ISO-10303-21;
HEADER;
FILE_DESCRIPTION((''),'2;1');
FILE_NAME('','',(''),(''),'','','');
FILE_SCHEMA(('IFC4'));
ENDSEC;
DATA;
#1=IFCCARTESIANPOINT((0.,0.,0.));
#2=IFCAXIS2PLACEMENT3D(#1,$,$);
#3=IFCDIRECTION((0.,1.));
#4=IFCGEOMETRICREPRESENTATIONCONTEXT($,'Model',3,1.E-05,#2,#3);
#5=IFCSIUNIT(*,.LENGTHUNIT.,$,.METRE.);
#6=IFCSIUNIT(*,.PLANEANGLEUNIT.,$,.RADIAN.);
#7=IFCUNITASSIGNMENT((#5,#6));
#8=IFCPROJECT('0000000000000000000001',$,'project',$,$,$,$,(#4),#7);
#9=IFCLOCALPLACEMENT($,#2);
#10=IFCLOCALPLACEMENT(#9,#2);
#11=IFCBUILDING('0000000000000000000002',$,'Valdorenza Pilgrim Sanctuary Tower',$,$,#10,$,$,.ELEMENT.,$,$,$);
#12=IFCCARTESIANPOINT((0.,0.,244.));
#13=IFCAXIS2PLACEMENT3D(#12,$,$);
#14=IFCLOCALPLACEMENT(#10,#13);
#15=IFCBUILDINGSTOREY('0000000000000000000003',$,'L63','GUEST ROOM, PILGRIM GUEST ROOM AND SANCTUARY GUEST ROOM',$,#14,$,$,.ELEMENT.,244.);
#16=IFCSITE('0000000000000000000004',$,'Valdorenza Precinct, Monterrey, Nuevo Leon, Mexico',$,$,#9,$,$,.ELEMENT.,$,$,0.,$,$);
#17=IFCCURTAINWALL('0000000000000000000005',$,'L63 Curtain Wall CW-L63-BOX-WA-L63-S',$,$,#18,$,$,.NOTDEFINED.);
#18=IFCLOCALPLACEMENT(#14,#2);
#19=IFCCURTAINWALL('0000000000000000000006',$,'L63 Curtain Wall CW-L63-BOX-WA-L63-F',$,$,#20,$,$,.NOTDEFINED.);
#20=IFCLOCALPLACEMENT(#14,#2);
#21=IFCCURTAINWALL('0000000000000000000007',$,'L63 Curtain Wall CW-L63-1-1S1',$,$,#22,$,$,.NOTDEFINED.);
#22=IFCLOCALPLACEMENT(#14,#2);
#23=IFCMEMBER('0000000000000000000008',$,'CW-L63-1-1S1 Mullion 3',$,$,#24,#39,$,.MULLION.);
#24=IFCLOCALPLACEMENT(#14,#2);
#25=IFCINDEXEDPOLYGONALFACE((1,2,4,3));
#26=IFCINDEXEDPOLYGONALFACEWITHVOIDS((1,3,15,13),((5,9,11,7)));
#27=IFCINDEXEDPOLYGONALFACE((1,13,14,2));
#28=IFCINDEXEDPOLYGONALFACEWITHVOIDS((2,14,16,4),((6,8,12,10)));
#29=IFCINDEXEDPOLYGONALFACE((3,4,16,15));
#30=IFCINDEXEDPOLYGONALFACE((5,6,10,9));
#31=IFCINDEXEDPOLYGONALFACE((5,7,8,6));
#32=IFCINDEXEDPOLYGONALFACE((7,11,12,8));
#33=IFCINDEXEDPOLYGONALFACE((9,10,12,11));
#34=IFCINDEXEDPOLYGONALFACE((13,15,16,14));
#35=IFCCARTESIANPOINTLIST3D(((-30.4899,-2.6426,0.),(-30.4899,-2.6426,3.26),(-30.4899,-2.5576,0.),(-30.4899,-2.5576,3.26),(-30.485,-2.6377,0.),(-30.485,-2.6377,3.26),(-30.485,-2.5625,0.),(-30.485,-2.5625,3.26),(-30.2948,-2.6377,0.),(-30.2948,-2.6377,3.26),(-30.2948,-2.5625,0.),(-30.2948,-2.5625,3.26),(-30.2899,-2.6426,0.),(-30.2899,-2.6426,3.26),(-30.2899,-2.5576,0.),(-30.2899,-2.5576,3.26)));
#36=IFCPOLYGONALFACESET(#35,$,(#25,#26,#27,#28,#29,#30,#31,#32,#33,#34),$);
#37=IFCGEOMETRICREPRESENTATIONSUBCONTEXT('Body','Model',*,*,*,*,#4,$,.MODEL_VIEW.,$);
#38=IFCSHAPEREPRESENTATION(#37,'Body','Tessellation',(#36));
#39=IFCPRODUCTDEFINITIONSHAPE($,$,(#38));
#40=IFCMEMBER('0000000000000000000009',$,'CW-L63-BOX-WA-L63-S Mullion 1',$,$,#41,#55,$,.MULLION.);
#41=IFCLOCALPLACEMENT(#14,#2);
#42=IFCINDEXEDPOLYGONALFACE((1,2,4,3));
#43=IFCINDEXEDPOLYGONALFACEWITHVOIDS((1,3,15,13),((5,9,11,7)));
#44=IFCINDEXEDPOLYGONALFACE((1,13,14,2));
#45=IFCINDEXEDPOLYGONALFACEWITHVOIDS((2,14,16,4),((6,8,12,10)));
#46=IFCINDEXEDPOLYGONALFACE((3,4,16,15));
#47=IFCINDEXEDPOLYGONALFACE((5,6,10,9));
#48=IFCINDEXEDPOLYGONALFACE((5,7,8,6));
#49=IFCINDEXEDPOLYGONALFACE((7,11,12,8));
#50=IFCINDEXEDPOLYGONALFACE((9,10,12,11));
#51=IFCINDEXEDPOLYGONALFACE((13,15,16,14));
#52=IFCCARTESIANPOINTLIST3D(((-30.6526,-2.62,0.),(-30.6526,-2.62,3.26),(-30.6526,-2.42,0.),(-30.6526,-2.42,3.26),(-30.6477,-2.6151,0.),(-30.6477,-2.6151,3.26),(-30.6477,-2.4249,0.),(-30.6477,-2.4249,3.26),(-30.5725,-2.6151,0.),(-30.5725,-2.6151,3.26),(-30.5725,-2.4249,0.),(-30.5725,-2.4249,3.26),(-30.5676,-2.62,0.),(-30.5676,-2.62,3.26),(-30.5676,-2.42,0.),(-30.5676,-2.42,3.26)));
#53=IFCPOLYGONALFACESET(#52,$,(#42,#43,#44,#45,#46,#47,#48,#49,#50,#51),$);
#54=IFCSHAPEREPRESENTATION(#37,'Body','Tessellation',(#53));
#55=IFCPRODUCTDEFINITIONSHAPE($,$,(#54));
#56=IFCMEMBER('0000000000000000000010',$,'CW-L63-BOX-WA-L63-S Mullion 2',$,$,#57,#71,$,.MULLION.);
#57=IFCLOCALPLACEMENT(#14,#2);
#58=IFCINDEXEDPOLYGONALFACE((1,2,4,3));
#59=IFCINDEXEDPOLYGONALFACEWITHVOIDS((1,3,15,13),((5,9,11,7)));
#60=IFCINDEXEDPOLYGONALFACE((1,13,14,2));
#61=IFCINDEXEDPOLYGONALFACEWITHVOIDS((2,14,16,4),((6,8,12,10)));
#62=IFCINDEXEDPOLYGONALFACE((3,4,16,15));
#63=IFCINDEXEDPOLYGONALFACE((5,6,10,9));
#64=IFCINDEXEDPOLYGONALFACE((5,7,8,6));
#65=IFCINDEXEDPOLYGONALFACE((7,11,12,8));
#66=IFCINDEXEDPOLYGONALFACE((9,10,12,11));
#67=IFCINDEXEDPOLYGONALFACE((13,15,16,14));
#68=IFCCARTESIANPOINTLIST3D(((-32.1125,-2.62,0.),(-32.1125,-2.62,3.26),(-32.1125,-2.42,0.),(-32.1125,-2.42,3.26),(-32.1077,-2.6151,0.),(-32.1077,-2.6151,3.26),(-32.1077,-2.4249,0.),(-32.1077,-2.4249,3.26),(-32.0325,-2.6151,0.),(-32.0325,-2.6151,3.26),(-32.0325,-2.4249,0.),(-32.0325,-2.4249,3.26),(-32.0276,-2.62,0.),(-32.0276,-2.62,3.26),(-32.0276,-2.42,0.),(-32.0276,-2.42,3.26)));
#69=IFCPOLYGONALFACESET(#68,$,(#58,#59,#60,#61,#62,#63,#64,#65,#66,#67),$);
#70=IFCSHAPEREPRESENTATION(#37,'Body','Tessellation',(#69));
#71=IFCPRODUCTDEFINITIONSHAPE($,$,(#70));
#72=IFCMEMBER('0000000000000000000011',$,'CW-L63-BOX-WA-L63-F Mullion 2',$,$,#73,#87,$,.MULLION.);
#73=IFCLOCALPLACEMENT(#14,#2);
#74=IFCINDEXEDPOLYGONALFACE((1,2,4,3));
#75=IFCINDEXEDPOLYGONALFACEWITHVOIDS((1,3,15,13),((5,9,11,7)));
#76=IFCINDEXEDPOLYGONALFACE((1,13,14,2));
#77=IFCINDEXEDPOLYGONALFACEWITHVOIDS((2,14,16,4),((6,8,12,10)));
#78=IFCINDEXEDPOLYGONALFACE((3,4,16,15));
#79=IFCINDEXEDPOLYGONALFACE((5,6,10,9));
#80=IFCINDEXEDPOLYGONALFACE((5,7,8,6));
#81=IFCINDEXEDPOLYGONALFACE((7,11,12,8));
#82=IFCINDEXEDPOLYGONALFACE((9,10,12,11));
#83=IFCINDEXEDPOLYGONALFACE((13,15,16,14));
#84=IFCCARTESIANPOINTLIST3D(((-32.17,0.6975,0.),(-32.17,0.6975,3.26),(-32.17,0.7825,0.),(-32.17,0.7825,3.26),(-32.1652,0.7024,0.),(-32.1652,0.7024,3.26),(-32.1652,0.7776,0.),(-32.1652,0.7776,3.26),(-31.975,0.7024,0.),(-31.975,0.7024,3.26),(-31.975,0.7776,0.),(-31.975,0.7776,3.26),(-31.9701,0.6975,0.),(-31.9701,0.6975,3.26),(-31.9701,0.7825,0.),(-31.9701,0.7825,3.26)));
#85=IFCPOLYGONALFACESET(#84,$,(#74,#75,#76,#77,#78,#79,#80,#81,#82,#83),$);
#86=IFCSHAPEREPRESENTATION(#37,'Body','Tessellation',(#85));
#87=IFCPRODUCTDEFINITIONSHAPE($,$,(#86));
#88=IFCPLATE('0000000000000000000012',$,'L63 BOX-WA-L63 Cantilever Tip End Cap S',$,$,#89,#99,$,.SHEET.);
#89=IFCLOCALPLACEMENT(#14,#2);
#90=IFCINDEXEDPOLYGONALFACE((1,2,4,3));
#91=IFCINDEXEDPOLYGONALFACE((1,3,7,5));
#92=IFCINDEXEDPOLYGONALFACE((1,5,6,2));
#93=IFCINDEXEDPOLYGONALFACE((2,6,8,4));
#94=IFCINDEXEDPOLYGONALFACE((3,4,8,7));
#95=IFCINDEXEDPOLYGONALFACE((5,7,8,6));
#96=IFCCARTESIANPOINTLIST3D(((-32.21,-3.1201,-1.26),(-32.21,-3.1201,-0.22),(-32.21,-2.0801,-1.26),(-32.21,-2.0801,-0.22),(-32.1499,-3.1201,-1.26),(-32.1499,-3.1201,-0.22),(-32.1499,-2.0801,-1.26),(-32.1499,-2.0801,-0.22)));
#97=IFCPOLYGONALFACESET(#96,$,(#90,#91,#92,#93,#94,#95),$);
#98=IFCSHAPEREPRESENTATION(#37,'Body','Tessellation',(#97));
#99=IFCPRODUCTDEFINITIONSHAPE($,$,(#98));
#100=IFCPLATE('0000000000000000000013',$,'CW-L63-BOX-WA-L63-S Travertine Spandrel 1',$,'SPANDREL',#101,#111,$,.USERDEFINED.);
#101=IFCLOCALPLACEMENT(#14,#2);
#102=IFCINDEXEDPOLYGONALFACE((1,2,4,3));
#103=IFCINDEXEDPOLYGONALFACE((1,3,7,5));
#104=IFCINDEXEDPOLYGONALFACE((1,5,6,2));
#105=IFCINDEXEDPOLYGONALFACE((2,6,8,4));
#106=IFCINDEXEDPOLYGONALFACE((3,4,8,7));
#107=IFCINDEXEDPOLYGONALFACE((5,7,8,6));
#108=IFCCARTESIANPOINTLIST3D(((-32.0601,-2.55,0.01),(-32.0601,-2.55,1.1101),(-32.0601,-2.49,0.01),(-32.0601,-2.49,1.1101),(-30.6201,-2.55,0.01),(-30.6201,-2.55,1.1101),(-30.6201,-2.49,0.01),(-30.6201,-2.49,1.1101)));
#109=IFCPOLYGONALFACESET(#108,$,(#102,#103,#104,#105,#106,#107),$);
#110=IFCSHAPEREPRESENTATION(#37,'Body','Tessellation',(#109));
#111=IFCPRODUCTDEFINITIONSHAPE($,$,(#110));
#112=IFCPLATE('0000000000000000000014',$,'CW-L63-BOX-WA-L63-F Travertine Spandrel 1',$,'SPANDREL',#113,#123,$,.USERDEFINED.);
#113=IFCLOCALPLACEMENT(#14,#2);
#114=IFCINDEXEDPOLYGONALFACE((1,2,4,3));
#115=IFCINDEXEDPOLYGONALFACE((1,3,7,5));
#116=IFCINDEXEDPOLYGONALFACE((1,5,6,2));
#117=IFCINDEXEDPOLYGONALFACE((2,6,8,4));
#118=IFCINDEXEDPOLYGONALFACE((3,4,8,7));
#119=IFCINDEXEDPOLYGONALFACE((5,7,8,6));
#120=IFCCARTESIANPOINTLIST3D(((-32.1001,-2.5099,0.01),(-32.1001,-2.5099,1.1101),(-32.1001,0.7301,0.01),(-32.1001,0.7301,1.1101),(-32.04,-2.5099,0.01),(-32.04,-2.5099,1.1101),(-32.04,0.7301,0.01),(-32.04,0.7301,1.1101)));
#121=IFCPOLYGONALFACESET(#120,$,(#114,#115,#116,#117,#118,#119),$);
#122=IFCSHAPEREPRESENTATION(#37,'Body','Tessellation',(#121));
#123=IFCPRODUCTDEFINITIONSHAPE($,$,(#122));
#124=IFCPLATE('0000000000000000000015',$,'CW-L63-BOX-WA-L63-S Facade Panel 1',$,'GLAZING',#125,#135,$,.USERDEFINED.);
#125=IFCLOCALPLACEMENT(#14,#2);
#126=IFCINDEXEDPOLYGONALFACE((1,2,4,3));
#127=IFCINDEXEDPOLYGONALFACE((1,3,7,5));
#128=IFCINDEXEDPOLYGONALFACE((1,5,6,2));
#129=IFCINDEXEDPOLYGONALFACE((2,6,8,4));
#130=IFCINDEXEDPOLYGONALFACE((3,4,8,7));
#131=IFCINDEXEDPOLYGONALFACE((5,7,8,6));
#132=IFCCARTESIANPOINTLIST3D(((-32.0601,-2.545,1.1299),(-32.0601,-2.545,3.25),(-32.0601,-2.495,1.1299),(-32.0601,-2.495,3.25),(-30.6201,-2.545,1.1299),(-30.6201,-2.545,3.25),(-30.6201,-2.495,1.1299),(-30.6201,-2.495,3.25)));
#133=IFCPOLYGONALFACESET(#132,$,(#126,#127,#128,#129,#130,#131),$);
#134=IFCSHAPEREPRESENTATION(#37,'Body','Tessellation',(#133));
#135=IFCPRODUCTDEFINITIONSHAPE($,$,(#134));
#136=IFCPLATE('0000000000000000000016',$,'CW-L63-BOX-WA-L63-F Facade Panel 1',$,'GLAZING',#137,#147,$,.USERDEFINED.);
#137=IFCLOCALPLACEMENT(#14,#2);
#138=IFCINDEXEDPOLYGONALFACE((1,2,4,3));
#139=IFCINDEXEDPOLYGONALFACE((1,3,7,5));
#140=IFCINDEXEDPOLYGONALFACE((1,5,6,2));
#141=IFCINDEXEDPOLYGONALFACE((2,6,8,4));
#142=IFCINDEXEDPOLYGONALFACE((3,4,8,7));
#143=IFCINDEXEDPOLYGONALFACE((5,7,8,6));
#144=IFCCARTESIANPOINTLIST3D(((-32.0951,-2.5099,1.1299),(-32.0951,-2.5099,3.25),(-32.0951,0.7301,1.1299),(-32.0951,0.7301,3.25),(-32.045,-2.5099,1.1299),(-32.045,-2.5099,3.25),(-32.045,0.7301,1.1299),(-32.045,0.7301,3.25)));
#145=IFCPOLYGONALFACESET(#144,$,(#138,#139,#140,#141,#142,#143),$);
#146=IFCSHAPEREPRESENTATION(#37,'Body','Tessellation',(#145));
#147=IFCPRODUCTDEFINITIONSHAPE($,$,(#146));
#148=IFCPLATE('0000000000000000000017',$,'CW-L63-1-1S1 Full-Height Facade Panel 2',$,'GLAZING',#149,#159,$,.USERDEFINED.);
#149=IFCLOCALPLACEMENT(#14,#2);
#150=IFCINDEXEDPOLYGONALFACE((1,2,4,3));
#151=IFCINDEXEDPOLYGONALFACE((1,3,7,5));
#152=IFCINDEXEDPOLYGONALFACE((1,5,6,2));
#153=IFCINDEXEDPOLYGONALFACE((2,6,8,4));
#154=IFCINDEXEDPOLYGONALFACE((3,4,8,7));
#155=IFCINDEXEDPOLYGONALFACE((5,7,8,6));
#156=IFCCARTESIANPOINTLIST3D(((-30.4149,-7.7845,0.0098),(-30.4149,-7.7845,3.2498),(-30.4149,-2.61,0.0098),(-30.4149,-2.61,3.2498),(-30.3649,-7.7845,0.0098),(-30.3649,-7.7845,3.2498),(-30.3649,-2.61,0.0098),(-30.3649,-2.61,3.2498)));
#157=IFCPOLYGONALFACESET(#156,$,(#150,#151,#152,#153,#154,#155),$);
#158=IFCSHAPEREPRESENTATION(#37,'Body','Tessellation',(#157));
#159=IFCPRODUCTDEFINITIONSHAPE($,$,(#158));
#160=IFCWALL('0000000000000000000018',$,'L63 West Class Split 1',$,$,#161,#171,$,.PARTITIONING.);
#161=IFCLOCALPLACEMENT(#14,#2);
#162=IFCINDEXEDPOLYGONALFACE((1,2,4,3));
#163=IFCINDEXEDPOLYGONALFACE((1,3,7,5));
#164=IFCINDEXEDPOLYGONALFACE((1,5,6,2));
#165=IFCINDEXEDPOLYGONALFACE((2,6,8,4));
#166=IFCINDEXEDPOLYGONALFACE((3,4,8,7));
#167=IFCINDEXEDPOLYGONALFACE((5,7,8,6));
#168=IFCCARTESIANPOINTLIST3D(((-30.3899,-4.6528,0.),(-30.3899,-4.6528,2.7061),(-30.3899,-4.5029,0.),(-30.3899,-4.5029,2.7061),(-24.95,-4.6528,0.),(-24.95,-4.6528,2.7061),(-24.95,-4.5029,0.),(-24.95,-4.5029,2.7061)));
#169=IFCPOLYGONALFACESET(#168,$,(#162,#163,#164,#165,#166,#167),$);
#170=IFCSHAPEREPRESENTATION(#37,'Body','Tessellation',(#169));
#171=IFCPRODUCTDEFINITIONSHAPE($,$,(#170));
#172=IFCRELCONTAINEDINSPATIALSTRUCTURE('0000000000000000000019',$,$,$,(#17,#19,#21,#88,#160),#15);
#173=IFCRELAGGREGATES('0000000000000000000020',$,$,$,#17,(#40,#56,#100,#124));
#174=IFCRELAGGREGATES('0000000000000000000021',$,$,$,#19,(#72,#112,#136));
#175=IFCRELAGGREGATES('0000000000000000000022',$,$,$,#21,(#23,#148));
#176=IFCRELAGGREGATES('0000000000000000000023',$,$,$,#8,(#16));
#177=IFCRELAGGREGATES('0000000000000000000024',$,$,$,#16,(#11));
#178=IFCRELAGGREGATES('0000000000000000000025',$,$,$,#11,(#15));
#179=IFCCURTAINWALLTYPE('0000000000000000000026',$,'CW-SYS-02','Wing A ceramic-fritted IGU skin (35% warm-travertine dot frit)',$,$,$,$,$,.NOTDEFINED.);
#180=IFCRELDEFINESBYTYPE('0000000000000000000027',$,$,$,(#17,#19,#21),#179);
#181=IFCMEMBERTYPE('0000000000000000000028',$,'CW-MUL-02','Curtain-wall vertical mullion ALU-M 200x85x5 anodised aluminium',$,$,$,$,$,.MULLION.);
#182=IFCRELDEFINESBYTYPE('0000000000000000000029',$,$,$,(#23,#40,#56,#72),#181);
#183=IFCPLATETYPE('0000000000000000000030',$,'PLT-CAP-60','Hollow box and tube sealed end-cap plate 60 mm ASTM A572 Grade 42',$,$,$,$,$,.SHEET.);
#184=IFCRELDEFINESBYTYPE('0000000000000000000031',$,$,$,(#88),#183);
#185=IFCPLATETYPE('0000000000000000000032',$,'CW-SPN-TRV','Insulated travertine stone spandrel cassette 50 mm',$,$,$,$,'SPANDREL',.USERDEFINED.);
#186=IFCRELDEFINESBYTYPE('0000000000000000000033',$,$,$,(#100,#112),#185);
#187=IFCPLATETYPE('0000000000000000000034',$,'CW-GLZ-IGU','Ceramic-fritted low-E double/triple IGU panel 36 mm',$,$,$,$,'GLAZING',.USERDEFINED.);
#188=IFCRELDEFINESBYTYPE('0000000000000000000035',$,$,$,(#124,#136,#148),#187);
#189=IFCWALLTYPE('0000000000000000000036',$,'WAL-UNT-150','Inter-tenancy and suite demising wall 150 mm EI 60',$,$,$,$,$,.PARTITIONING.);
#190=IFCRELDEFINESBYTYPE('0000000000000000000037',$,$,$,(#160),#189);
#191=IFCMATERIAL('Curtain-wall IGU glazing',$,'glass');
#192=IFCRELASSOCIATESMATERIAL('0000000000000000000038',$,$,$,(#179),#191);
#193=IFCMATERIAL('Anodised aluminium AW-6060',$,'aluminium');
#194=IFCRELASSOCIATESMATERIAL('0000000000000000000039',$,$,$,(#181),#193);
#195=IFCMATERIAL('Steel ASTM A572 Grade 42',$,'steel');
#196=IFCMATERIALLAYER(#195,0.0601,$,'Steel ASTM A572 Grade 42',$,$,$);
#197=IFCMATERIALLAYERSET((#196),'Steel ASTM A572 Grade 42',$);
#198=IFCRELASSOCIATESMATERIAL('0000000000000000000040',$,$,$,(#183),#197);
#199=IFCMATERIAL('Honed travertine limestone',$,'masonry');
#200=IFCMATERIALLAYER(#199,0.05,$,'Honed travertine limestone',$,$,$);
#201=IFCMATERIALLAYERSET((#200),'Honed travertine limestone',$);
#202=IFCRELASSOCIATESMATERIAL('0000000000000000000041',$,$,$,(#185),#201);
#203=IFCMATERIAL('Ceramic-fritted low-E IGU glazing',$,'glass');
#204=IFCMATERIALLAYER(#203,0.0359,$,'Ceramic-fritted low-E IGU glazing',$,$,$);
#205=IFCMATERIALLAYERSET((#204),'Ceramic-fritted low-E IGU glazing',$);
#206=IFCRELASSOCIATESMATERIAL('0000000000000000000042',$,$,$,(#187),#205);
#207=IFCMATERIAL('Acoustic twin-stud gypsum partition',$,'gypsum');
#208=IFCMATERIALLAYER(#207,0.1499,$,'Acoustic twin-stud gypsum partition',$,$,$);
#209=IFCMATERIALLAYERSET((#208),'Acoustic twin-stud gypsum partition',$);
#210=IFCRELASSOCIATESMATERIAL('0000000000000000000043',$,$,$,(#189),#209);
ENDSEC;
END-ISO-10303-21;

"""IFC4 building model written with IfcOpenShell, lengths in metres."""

from ifc_helpers import new_model, si_unit, direction, frame, frame_2d, origin, origin_2d, place, context, subcontext, project, spatial, rectangle, hollow_rectangle, extrude, source, transform, mapped, material, layer, layer_set, material_profile, profile_set, type_object, element, aggregate, save


model = new_model("IFC4")

# Units and contexts
model_context = context("Model", 3, precision=1e-05, world=origin(), true_north=direction((0.0, 1.0)))
body_context = subcontext(model_context, "Body", "Model", "MODEL_VIEW")
ifc_project = project(units=[si_unit("LENGTHUNIT", "METRE"), si_unit("PLANEANGLEUNIT", "RADIAN")], contexts=[model_context])

# Site, building, storey
site_placement = place(None, origin())
site = spatial("IfcSite", under=ifc_project, at=site_placement, Name="Valdorenza Precinct, Monterrey, Nuevo Leon, Mexico", CompositionType="ELEMENT", RefElevation=0.0)
building_placement = place(site_placement, origin())
building = spatial("IfcBuilding", under=site, at=building_placement, Name="Valdorenza Pilgrim Sanctuary Tower", CompositionType="ELEMENT")
storey_placement = place(building_placement, frame((0.0, 0.0, 244.0)))
storey = spatial("IfcBuildingStorey", under=building, at=storey_placement, Name="L63", Description="GUEST ROOM, PILGRIM GUEST ROOM AND SANCTUARY GUEST ROOM", CompositionType="ELEMENT", Elevation=244.0)

# Shared definitions
ifc_material_1 = material(Name="Steel ASTM A572 Grade 42", Category="steel")

# Curtain walls, member
ifc_material_2 = material(Name="Curtain-wall IGU glazing", Category="glass")
curtain_wall_type = type_object("IfcCurtainWallType", Name="CW-SYS-02", Description="Wing A ceramic-fritted IGU skin (35% warm-travertine dot frit)", PredefinedType="NOTDEFINED", material=ifc_material_2)
curtain_wall_1_placement = place(storey_placement, origin())
curtain_wall_1 = element("IfcCurtainWall", 1, at=curtain_wall_1_placement, inside=storey, type_object=curtain_wall_type, Name="L63 Curtain Wall CW-L63-BOX-WA-L63-S", PredefinedType="NOTDEFINED")
ifc_material_3 = material(Name="Anodised aluminium AW-6060", Category="aluminium")
curtain_wall_2_placement = place(storey_placement, origin())
curtain_wall_2 = element("IfcCurtainWall", 2, at=curtain_wall_2_placement, inside=storey, type_object=curtain_wall_type, Name="L63 Curtain Wall CW-L63-BOX-WA-L63-F", PredefinedType="NOTDEFINED")
curtain_wall_3_placement = place(storey_placement, origin())
curtain_wall_3 = element("IfcCurtainWall", 3, at=curtain_wall_3_placement, inside=storey, type_object=curtain_wall_type, Name="L63 Curtain Wall CW-L63-1-1S1", PredefinedType="NOTDEFINED")
ifc_material_profile_1 = material_profile(ifc_material_3, hollow_rectangle(XDim=0.085, YDim=0.2, WallThickness=0.0049, at=origin_2d()), Name="ALU-M 200x85x5")
ifc_profile_set_1 = profile_set([ifc_material_profile_1], Name="Anodised aluminium AW-6060")
member_type_1 = type_object("IfcMemberType", Name="CW-MUL-02", Description="Curtain-wall vertical mullion ALU-M 200x85x5 anodised aluminium", PredefinedType="MULLION", material=ifc_profile_set_1)
shared_shape_1 = source(origin(), body_context, "Body", "SweptSolid", [
    extrude(hollow_rectangle(XDim=0.085, YDim=0.2, WallThickness=0.0049, at=origin_2d()), origin(), (0.0, 0.0, 1.0), 3.26),
])
member_1_placement = place(storey_placement, frame((-30.3899, -2.6001, 0.0), z_axis=(0.0, 0.0, 1.0), x_axis=(0.0, 1.0, 0.0)))
member_1 = element("IfcMember", 4, at=member_1_placement, type_object=member_type_1, Name="CW-L63-1-1S1 Mullion 3", PredefinedType="MULLION", context=body_context, shape_type="MappedRepresentation", body=[
    mapped(shared_shape_1, transform((0.0, 0.0, 0.0), x_axis=(1.0, 0.0, 0.0), y_axis=(0.0, 1.0, 0.0), z_axis=(0.0, 0.0, 1.0), scale=1.0)),
])

# Members
member_2_placement = place(storey_placement, frame((-30.6101, -2.52, 0.0), z_axis=(0.0, 0.0, 1.0), x_axis=(-1.0, 0.0, 0.0)))
member_2 = element("IfcMember", 5, at=member_2_placement, type_object=member_type_1, Name="CW-L63-BOX-WA-L63-S Mullion 1", PredefinedType="MULLION", context=body_context, shape_type="MappedRepresentation", body=[
    mapped(shared_shape_1, transform((0.0, 0.0, 0.0), x_axis=(1.0, 0.0, 0.0), y_axis=(0.0, 1.0, 0.0), z_axis=(0.0, 0.0, 1.0), scale=1.0)),
])
member_3_placement = place(storey_placement, frame((-32.0701, -2.52, 0.0), z_axis=(0.0, 0.0, 1.0), x_axis=(-1.0, 0.0, 0.0)))
member_3 = element("IfcMember", 6, at=member_3_placement, type_object=member_type_1, Name="CW-L63-BOX-WA-L63-S Mullion 2", PredefinedType="MULLION", context=body_context, shape_type="MappedRepresentation", body=[
    mapped(shared_shape_1, transform((0.0, 0.0, 0.0), x_axis=(1.0, 0.0, 0.0), y_axis=(0.0, 1.0, 0.0), z_axis=(0.0, 0.0, 1.0), scale=1.0)),
])
member_4_placement = place(storey_placement, frame((-32.0701, 0.74, 0.0), z_axis=(0.0, 0.0, 1.0), x_axis=(0.0, 1.0, 0.0)))
member_4 = element("IfcMember", 7, at=member_4_placement, type_object=member_type_1, Name="CW-L63-BOX-WA-L63-F Mullion 2", PredefinedType="MULLION", context=body_context, shape_type="MappedRepresentation", body=[
    mapped(shared_shape_1, transform((0.0, 0.0, 0.0), x_axis=(1.0, 0.0, 0.0), y_axis=(0.0, 1.0, 0.0), z_axis=(0.0, 0.0, 1.0), scale=1.0)),
])

# Plates
ifc_layer_1 = layer(ifc_material_1, 0.0601, Name="Steel ASTM A572 Grade 42")
ifc_layer_set_1 = layer_set([ifc_layer_1], Name="Steel ASTM A572 Grade 42")
plate_type_1 = type_object("IfcPlateType", Name="PLT-CAP-60", Description="Hollow box and tube sealed end-cap plate 60 mm ASTM A572 Grade 42", PredefinedType="SHEET", material=ifc_layer_set_1)
shared_shape_2 = source(origin(), body_context, "Body", "SweptSolid", [
    extrude(rectangle(XDim=0.0601, YDim=1.04, at=origin_2d()), origin(), (0.0, 0.0, 1.0), 1.04),
])
plate_1_placement = place(storey_placement, frame((-32.1799, -2.6001, -1.26), z_axis=(0.0, 0.0, 1.0), x_axis=(1.0, 0.0, 0.0)))
element("IfcPlate", 8, at=plate_1_placement, inside=storey, type_object=plate_type_1, Name="L63 BOX-WA-L63 Cantilever Tip End Cap S", PredefinedType="SHEET", context=body_context, shape_type="MappedRepresentation", body=[
    mapped(shared_shape_2, transform((0.0, 0.0, 0.0), x_axis=(1.0, 0.0, 0.0), y_axis=(0.0, 1.0, 0.0), z_axis=(0.0, 0.0, 1.0), scale=1.0)),
])
ifc_material_4 = material(Name="Honed travertine limestone", Category="masonry")
ifc_layer_2 = layer(ifc_material_4, 0.05, Name="Honed travertine limestone")
ifc_layer_set_2 = layer_set([ifc_layer_2], Name="Honed travertine limestone")
plate_type_2 = type_object("IfcPlateType", Name="CW-SPN-TRV", Description="Insulated travertine stone spandrel cassette 50 mm", ElementType="SPANDREL", PredefinedType="USERDEFINED", material=ifc_layer_set_2)
shared_shape_3 = source(origin(), body_context, "Body", "SweptSolid", [
    extrude(rectangle(XDim=1.4399, YDim=0.0601, at=origin_2d()), origin(), (0.0, 0.0, 1.0), 1.1001),
])
plate_2_placement = place(storey_placement, frame((-31.3401, -2.52, 0.01), z_axis=(0.0, 0.0, 1.0), x_axis=(-1.0, 0.0, 0.0)))
plate_2 = element("IfcPlate", 9, at=plate_2_placement, type_object=plate_type_2, Name="CW-L63-BOX-WA-L63-S Travertine Spandrel 1", ObjectType="SPANDREL", PredefinedType="USERDEFINED", context=body_context, shape_type="MappedRepresentation", body=[
    mapped(shared_shape_3, transform((0.0, 0.0, 0.0), x_axis=(1.0, 0.0, 0.0), y_axis=(0.0, 1.0, 0.0), z_axis=(0.0, 0.0, 1.0), scale=1.0)),
])
shared_shape_4 = source(origin(), body_context, "Body", "SweptSolid", [
    extrude(rectangle(XDim=3.24, YDim=0.0601, at=origin_2d()), origin(), (0.0, 0.0, 1.0), 1.1001),
])
plate_3_placement = place(storey_placement, frame((-32.0701, -0.8899, 0.01), z_axis=(0.0, 0.0, 1.0), x_axis=(0.0, 1.0, 0.0)))
plate_3 = element("IfcPlate", 10, at=plate_3_placement, type_object=plate_type_2, Name="CW-L63-BOX-WA-L63-F Travertine Spandrel 1", ObjectType="SPANDREL", PredefinedType="USERDEFINED", context=body_context, shape_type="MappedRepresentation", body=[
    mapped(shared_shape_4, transform((0.0, 0.0, 0.0), x_axis=(1.0, 0.0, 0.0), y_axis=(0.0, 1.0, 0.0), z_axis=(0.0, 0.0, 1.0), scale=1.0)),
])
ifc_material_5 = material(Name="Ceramic-fritted low-E IGU glazing", Category="glass")
ifc_layer_3 = layer(ifc_material_5, 0.0359, Name="Ceramic-fritted low-E IGU glazing")
ifc_layer_set_3 = layer_set([ifc_layer_3], Name="Ceramic-fritted low-E IGU glazing")
plate_type_3 = type_object("IfcPlateType", Name="CW-GLZ-IGU", Description="Ceramic-fritted low-E double/triple IGU panel 36 mm", ElementType="GLAZING", PredefinedType="USERDEFINED", material=ifc_layer_set_3)
shared_shape_5 = source(origin(), body_context, "Body", "SweptSolid", [
    extrude(rectangle(XDim=1.4399, YDim=0.05, at=origin_2d()), origin(), (0.0, 0.0, 1.0), 2.1201),
])
plate_4_placement = place(storey_placement, frame((-31.3401, -2.52, 1.1299), z_axis=(0.0, 0.0, 1.0), x_axis=(-1.0, 0.0, 0.0)))
plate_4 = element("IfcPlate", 11, at=plate_4_placement, type_object=plate_type_3, Name="CW-L63-BOX-WA-L63-S Facade Panel 1", ObjectType="GLAZING", PredefinedType="USERDEFINED", context=body_context, shape_type="MappedRepresentation", body=[
    mapped(shared_shape_5, transform((0.0, 0.0, 0.0), x_axis=(1.0, 0.0, 0.0), y_axis=(0.0, 1.0, 0.0), z_axis=(0.0, 0.0, 1.0), scale=1.0)),
])
aggregate(curtain_wall_1, [member_2, member_3, plate_2, plate_4])
shared_shape_6 = source(origin(), body_context, "Body", "SweptSolid", [
    extrude(rectangle(XDim=3.24, YDim=0.05, at=origin_2d()), origin(), (0.0, 0.0, 1.0), 2.1201),
])
plate_5_placement = place(storey_placement, frame((-32.0701, -0.8899, 1.1299), z_axis=(0.0, 0.0, 1.0), x_axis=(0.0, 1.0, 0.0)))
plate_5 = element("IfcPlate", 12, at=plate_5_placement, type_object=plate_type_3, Name="CW-L63-BOX-WA-L63-F Facade Panel 1", ObjectType="GLAZING", PredefinedType="USERDEFINED", context=body_context, shape_type="MappedRepresentation", body=[
    mapped(shared_shape_6, transform((0.0, 0.0, 0.0), x_axis=(1.0, 0.0, 0.0), y_axis=(0.0, 1.0, 0.0), z_axis=(0.0, 0.0, 1.0), scale=1.0)),
])
aggregate(curtain_wall_2, [member_4, plate_3, plate_5])
shared_shape_7 = source(origin(), body_context, "Body", "SweptSolid", [
    extrude(rectangle(XDim=5.1746, YDim=0.05, at=origin_2d()), origin(), (0.0, 0.0, 1.0), 3.24),
])
plate_6_placement = place(storey_placement, frame((-30.3899, -5.1973, 0.0098), z_axis=(0.0, 0.0, 1.0), x_axis=(0.0, 1.0, 0.0)))
plate_6 = element("IfcPlate", 13, at=plate_6_placement, type_object=plate_type_3, Name="CW-L63-1-1S1 Full-Height Facade Panel 2", ObjectType="GLAZING", PredefinedType="USERDEFINED", context=body_context, shape_type="MappedRepresentation", body=[
    mapped(shared_shape_7, transform((0.0, 0.0, 0.0), x_axis=(1.0, 0.0, 0.0), y_axis=(0.0, 1.0, 0.0), z_axis=(0.0, 0.0, 1.0), scale=1.0)),
])
aggregate(curtain_wall_3, [member_1, plate_6])

# Wall
ifc_material_6 = material(Name="Acoustic twin-stud gypsum partition", Category="gypsum")
ifc_layer_4 = layer(ifc_material_6, 0.1499, Name="Acoustic twin-stud gypsum partition")
ifc_layer_set_4 = layer_set([ifc_layer_4], Name="Acoustic twin-stud gypsum partition")
wall_type_1 = type_object("IfcWallType", Name="WAL-UNT-150", Description="Inter-tenancy and suite demising wall 150 mm EI 60", PredefinedType="PARTITIONING", material=ifc_layer_set_4)
wall_1_placement = place(storey_placement, frame((-30.3899, -4.5779, 0.0), z_axis=(0.0, 0.0, 1.0), x_axis=(1.0, 0.0, 0.0)))
element("IfcWall", 14, at=wall_1_placement, inside=storey, type_object=wall_type_1, Name="L63 West Class Split 1", PredefinedType="PARTITIONING", context=body_context, shape_type="SweptSolid", body=[
    extrude(rectangle(XDim=5.4399, YDim=0.1499, at=frame_2d((2.72, 0.0))), origin(), (0.0, 0.0, 1.0), 2.7061),
])

save(model, "model.ifc")
